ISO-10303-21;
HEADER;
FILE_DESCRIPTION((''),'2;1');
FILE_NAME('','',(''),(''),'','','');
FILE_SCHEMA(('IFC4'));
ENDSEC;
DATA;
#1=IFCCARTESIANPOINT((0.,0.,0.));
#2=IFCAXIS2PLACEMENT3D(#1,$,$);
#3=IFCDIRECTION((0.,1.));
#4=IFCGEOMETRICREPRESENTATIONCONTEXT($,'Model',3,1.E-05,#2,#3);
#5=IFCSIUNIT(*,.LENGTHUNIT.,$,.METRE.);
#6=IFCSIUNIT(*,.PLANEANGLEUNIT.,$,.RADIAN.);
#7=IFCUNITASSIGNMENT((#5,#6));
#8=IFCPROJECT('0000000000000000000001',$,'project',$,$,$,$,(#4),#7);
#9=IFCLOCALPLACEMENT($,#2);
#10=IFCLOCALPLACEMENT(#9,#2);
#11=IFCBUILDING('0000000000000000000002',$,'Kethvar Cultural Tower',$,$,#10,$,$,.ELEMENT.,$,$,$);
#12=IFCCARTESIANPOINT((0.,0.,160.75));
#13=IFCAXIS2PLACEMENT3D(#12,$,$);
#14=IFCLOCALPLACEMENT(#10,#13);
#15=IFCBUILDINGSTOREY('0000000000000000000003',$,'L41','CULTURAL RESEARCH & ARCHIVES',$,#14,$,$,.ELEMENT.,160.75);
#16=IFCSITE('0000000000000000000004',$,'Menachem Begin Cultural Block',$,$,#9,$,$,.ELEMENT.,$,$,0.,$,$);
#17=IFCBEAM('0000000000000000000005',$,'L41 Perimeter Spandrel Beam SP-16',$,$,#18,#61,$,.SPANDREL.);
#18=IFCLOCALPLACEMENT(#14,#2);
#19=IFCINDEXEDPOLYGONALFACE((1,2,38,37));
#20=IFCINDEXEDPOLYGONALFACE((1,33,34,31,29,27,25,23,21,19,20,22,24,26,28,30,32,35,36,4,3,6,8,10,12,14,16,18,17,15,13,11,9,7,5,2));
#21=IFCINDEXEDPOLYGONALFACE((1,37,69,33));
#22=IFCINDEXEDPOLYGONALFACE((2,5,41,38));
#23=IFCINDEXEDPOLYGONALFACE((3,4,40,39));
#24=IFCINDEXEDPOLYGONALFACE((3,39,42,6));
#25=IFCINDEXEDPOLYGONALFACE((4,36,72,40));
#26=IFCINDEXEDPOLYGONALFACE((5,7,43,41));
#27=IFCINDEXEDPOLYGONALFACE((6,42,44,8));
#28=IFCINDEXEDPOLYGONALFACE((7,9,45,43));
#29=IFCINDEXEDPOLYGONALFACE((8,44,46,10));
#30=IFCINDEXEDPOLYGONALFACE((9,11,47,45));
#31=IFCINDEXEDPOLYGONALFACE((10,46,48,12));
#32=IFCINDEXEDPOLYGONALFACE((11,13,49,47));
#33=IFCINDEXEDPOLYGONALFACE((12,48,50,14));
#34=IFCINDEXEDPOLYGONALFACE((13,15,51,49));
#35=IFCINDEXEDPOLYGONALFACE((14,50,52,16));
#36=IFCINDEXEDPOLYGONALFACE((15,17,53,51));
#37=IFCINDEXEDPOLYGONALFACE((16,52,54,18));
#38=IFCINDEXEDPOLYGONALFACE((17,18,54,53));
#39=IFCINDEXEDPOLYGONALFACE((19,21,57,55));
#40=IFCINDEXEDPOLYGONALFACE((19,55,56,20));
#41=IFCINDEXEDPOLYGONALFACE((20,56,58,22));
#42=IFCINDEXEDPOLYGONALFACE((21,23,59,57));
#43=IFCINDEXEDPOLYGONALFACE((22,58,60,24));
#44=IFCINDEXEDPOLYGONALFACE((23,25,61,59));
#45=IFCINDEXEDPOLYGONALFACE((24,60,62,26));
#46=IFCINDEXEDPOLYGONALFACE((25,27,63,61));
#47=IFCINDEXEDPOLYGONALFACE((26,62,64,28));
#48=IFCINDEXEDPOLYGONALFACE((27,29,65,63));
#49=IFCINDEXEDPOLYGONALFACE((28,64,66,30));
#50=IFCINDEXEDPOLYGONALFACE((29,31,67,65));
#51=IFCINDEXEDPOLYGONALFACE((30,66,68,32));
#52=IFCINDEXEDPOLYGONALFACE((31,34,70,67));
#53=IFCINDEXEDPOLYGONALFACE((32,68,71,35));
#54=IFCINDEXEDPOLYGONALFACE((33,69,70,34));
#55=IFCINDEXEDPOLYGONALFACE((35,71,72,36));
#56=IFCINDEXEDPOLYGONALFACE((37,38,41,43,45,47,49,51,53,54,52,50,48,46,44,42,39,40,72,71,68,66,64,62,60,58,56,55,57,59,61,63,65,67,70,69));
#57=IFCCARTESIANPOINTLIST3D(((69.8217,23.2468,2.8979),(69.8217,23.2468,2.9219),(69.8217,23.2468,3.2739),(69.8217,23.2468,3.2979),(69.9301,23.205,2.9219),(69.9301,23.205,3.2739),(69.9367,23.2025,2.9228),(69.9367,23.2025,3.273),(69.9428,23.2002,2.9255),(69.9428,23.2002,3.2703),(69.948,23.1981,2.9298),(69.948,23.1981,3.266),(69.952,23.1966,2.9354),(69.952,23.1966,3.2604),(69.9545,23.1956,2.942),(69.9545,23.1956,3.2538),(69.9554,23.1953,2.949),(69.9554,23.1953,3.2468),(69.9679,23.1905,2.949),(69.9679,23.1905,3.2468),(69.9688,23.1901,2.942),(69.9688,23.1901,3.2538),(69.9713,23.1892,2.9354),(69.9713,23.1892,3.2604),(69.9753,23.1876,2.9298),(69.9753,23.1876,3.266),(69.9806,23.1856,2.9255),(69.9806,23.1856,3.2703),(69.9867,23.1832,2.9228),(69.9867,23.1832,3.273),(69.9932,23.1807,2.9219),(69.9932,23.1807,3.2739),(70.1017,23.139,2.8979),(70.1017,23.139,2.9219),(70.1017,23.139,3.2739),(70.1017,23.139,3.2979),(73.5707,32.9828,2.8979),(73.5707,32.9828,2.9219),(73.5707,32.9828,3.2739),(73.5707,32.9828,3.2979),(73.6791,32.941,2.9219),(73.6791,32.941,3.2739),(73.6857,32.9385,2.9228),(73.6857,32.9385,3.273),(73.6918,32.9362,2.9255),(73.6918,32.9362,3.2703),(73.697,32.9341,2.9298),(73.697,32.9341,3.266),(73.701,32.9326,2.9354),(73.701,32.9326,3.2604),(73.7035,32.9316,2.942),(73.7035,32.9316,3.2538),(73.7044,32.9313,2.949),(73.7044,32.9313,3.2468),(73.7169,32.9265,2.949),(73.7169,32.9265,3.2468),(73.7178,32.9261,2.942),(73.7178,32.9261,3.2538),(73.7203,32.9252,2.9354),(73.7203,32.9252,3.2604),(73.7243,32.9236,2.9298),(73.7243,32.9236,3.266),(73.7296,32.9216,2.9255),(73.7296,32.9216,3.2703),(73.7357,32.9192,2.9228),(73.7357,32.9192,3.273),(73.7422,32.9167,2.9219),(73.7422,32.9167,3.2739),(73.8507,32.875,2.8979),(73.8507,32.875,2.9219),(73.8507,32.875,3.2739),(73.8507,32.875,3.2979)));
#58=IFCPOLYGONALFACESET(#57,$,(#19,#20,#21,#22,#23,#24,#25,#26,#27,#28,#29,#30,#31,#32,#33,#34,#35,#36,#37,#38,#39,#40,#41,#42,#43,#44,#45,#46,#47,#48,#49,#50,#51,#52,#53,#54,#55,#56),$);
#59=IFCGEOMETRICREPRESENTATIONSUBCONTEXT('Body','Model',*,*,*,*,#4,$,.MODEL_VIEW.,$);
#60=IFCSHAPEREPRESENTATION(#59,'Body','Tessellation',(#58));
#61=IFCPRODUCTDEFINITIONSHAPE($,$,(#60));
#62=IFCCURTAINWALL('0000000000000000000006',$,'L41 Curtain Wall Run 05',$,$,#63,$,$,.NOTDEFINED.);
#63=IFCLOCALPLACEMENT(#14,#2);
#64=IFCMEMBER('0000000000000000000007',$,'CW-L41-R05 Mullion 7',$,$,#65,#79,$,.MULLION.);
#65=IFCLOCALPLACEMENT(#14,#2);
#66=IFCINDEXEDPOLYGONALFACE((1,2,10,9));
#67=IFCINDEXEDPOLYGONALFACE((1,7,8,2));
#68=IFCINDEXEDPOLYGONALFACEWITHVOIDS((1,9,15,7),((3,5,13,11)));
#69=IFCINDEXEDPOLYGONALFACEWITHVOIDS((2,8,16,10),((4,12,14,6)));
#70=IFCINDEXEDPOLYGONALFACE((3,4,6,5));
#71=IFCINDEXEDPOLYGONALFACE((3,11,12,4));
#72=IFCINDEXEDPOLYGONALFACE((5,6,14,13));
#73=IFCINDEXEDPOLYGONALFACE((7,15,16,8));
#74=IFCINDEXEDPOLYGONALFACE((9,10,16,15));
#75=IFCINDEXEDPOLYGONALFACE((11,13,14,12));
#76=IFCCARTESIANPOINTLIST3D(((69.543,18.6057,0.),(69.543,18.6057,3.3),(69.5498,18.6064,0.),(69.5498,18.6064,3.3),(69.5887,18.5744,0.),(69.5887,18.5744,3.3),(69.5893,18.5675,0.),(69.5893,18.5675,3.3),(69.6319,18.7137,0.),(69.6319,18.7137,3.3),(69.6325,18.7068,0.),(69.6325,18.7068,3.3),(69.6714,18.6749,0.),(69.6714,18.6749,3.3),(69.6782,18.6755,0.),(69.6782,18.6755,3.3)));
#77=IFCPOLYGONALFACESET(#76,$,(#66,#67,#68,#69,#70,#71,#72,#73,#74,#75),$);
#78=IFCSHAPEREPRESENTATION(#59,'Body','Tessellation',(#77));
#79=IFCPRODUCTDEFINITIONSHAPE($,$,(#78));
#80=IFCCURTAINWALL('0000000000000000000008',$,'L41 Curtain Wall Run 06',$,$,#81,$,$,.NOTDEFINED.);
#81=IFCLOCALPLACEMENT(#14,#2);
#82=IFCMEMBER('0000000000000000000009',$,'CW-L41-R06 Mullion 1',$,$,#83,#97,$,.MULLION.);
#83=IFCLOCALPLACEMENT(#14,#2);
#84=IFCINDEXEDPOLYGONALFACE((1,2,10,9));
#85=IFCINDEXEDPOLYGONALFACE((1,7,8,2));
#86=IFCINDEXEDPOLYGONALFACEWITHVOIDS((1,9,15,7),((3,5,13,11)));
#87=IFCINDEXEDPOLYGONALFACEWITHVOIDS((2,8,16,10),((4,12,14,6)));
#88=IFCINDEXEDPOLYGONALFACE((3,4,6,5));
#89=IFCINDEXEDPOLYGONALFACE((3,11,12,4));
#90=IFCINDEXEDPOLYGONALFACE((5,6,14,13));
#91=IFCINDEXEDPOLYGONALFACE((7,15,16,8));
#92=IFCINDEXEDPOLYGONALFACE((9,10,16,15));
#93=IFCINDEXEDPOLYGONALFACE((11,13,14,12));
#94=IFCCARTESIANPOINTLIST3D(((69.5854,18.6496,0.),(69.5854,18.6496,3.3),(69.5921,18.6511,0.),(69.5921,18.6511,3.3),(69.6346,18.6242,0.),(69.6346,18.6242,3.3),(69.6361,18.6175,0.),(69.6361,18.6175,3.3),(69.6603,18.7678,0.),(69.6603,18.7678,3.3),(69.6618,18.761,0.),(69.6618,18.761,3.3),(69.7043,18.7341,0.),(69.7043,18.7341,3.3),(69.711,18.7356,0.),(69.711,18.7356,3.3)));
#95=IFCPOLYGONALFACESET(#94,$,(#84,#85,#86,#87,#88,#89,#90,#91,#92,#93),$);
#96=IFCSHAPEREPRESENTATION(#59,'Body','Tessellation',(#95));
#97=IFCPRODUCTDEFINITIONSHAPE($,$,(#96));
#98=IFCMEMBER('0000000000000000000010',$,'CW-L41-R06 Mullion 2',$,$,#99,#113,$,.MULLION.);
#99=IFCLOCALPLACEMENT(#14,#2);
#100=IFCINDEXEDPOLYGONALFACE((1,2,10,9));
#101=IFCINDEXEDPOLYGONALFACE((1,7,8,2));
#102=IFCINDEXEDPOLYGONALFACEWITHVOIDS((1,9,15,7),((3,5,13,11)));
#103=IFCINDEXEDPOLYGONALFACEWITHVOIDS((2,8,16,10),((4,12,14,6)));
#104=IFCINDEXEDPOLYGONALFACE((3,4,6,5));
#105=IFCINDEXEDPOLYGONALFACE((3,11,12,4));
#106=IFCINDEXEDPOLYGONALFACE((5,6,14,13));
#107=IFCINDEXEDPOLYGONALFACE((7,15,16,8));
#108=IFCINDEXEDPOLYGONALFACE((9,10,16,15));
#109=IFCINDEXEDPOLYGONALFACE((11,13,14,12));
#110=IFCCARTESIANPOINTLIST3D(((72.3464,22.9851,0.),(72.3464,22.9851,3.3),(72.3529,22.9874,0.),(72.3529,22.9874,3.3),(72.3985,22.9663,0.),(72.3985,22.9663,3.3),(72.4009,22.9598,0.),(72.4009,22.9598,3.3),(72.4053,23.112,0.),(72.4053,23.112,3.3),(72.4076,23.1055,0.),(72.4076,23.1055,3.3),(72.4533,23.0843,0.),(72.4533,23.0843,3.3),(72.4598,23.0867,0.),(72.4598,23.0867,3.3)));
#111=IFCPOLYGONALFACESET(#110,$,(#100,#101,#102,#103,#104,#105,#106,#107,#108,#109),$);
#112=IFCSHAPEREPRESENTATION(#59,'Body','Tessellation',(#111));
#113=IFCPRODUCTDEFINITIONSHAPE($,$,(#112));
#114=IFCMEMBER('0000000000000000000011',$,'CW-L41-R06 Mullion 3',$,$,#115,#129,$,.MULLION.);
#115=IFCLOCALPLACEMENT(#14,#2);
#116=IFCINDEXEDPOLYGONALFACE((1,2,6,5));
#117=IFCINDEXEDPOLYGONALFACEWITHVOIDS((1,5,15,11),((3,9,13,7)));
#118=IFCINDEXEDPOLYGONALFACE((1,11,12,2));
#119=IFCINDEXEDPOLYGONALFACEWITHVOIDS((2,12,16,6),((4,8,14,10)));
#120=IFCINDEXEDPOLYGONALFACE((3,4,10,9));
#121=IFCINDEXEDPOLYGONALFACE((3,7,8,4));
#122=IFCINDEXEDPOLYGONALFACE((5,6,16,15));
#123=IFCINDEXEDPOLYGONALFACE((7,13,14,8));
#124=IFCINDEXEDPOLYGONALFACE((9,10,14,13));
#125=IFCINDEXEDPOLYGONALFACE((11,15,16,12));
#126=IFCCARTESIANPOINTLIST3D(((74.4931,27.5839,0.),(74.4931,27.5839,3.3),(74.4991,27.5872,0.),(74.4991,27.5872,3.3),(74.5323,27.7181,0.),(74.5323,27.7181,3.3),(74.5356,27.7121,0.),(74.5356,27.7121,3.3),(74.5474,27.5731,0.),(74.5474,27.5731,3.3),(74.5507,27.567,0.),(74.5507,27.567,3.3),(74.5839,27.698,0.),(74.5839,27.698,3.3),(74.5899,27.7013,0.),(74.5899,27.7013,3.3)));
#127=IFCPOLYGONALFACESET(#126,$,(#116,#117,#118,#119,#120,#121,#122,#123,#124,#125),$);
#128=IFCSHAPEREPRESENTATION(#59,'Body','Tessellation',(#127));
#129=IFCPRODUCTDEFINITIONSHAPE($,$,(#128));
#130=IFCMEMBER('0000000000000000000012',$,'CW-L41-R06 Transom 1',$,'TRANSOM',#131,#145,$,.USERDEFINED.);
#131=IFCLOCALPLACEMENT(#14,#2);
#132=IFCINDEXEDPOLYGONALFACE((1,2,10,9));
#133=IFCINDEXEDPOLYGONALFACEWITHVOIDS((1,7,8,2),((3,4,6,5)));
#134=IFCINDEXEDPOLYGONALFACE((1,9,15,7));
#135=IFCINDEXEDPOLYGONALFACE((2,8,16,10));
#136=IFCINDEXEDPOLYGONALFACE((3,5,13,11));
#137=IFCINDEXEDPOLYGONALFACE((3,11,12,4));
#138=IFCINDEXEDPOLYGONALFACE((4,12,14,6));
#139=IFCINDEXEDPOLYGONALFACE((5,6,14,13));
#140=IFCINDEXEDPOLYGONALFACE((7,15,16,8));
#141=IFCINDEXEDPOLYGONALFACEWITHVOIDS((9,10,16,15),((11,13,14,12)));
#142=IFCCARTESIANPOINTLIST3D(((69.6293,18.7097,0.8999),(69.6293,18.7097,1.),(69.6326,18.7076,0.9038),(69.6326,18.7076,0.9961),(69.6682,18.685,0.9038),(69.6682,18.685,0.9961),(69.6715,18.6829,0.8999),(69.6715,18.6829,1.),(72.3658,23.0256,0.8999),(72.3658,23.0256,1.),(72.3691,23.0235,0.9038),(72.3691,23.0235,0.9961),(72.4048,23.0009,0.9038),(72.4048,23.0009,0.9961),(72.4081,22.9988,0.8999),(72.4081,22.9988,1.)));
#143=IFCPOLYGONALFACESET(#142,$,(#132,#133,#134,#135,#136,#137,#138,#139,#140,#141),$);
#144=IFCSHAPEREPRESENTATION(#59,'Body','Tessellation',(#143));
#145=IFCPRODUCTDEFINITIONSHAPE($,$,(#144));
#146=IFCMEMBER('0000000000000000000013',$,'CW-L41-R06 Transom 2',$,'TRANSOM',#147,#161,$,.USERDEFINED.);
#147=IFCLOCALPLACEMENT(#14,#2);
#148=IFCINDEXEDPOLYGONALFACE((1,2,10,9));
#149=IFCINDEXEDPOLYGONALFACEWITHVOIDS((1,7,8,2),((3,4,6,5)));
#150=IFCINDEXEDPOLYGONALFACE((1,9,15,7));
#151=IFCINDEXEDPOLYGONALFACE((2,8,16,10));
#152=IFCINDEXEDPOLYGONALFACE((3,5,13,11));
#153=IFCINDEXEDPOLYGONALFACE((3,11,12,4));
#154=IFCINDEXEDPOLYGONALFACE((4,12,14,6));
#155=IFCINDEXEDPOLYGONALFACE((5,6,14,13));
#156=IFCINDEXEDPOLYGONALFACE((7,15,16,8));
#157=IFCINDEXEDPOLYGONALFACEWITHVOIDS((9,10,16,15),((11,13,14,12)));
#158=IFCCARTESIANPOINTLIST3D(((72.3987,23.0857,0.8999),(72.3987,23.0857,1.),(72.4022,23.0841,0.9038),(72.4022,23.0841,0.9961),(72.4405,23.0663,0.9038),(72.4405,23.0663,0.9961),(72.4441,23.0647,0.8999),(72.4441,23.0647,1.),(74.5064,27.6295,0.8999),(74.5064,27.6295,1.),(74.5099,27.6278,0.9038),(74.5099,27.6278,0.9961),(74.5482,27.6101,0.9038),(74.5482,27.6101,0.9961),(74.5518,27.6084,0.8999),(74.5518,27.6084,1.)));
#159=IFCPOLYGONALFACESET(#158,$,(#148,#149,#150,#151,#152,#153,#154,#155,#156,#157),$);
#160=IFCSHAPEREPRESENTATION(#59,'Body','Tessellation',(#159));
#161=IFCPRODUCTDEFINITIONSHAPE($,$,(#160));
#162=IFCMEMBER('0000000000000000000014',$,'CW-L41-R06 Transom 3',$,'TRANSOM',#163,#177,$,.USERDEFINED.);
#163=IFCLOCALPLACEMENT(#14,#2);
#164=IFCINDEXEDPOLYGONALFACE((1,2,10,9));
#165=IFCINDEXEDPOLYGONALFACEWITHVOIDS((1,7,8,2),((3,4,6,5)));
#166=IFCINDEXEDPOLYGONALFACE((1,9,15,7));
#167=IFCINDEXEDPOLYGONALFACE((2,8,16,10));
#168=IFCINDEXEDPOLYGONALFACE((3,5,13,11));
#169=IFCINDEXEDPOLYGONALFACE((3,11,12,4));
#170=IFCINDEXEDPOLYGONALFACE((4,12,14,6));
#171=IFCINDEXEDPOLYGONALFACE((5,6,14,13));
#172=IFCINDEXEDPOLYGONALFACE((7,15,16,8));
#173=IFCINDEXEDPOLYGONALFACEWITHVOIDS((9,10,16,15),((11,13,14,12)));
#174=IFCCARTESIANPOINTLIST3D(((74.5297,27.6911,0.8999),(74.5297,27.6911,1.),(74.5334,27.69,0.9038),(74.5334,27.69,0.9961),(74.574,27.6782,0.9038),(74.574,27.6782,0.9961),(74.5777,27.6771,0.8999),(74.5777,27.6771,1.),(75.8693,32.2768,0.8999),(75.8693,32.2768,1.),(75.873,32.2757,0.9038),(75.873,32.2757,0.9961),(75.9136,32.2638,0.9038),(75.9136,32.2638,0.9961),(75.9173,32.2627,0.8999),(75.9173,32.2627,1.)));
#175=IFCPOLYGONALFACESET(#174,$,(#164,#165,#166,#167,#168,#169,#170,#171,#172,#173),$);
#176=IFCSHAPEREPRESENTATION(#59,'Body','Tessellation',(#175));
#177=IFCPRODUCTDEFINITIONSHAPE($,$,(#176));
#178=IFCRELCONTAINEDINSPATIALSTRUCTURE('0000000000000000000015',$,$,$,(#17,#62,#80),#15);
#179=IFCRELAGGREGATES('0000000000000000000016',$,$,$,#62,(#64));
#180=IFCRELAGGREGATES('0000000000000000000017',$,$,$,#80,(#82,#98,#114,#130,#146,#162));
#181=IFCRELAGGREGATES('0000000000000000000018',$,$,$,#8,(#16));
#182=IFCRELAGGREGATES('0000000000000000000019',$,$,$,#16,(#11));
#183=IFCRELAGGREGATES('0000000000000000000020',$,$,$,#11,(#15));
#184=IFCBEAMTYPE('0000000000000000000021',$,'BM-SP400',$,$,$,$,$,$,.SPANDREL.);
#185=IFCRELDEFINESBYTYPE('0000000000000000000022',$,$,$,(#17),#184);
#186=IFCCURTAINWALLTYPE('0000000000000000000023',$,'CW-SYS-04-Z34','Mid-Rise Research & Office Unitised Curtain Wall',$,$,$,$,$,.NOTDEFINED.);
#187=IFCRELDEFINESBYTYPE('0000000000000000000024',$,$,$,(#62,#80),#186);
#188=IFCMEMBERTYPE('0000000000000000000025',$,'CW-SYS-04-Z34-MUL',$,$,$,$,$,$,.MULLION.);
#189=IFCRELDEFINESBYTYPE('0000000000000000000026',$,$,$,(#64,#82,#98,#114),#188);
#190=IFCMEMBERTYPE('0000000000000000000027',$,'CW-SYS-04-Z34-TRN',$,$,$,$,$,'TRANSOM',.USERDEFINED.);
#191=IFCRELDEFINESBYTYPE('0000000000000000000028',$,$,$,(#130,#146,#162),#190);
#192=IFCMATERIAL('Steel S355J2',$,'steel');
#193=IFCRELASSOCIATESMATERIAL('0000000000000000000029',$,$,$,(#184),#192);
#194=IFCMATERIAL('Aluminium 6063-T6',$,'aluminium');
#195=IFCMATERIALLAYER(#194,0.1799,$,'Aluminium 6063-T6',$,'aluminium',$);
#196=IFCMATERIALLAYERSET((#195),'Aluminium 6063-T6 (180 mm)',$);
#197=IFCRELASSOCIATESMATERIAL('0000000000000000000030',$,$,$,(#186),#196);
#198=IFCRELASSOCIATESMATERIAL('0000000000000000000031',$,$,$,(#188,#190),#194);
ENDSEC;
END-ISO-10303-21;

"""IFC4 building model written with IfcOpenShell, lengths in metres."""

from ifc_helpers import new_model, si_unit, direction, frame, origin, origin_2d, place, context, subcontext, project, spatial, hollow_rectangle, i_section, extrude, source, transform, mapped, material, layer, layer_set, material_profile, profile_set, type_object, element, aggregate, save


model = new_model("IFC4")

# Units and contexts
model_context = context("Model", 3, precision=1e-05, world=origin(), true_north=direction((0.0, 1.0)))
body_context = subcontext(model_context, "Body", "Model", "MODEL_VIEW")
ifc_project = project(units=[si_unit("LENGTHUNIT", "METRE"), si_unit("PLANEANGLEUNIT", "RADIAN")], contexts=[model_context])

# Site, building, storey
site_placement = place(None, origin())
site = spatial("IfcSite", under=ifc_project, at=site_placement, Name="Menachem Begin Cultural Block", CompositionType="ELEMENT", RefElevation=0.0)
building_placement = place(site_placement, origin())
building = spatial("IfcBuilding", under=site, at=building_placement, Name="Kethvar Cultural Tower", CompositionType="ELEMENT")
storey_placement = place(building_placement, frame((0.0, 0.0, 160.75)))
storey = spatial("IfcBuildingStorey", under=building, at=storey_placement, Name="L41", Description="CULTURAL RESEARCH & ARCHIVES", CompositionType="ELEMENT", Elevation=160.75)

# Beam
ifc_material_1 = material(Name="Steel S355J2", Category="steel")
ifc_material_profile_1 = material_profile(ifc_material_1, i_section(OverallWidth=0.3, OverallDepth=0.3999, WebThickness=0.0134, FlangeThickness=0.0239, FilletRadius=0.0271, at=origin_2d()), Name="Steel S355J2 — HEB400")
ifc_profile_set_1 = profile_set([ifc_material_profile_1], Name="Steel S355J2 — HEB400")
beam_type_1 = type_object("IfcBeamType", Name="BM-SP400", PredefinedType="SPANDREL", material=ifc_profile_set_1)
shared_shape_1 = source(origin(), body_context, "Body", "SweptSolid", [
    extrude(i_section(OverallWidth=0.3, OverallDepth=0.3999, WebThickness=0.0134, FlangeThickness=0.0239, FilletRadius=0.0271, at=origin_2d()), origin(), (0.0, 0.0, 1.0), 10.4329),
])
beam_1_placement = place(storey_placement, frame((69.9617, 23.1929, 3.0979), z_axis=(0.359344, 0.933205, 0.0), x_axis=(-0.933205, 0.359344, 0.0)))
element("IfcBeam", 1, at=beam_1_placement, inside=storey, type_object=beam_type_1, Name="L41 Perimeter Spandrel Beam SP-16", PredefinedType="SPANDREL", context=body_context, shape_type="MappedRepresentation", body=[
    mapped(shared_shape_1, transform((0.0, 0.0, 0.0), scale=1.0)),
])

# Curtain wall, member
ifc_material_2 = material(Name="Aluminium 6063-T6", Category="aluminium")
ifc_layer_1 = layer(ifc_material_2, 0.1799, Name="Aluminium 6063-T6", Category="aluminium")
ifc_layer_set_1 = layer_set([ifc_layer_1], Name="Aluminium 6063-T6 (180 mm)")
curtain_wall_type = type_object("IfcCurtainWallType", Name="CW-SYS-04-Z34", Description="Mid-Rise Research & Office Unitised Curtain Wall", PredefinedType="NOTDEFINED", material=ifc_layer_set_1)
curtain_wall_1_placement = place(storey_placement, origin())
curtain_wall_1 = element("IfcCurtainWall", 2, at=curtain_wall_1_placement, inside=storey, type_object=curtain_wall_type, Name="L41 Curtain Wall Run 05", PredefinedType="NOTDEFINED")
ifc_material_profile_2 = material_profile(ifc_material_2, hollow_rectangle(XDim=0.0601, YDim=0.1399, WallThickness=0.0049, at=origin_2d()), Name="Aluminium 6063-T6 — RHS140x60x5")
ifc_profile_set_2 = profile_set([ifc_material_profile_2], Name="Aluminium 6063-T6 — RHS140x60x5")
member_type_1 = type_object("IfcMemberType", Name="CW-SYS-04-Z34-MUL", PredefinedType="MULLION", material=ifc_profile_set_2)
shared_shape_2 = source(origin(), body_context, "Body", "SweptSolid", [
    extrude(hollow_rectangle(XDim=0.0601, YDim=0.1399, WallThickness=0.0049, at=origin_2d()), origin(), (0.0, 0.0, 1.0), 3.3),
])
member_1_placement = place(storey_placement, frame((69.6106, 18.6406, 0.0), z_axis=(0.0, 0.0, 1.0), x_axis=(-0.771991, 0.635634, 0.0)))
member_1 = element("IfcMember", 3, at=member_1_placement, type_object=member_type_1, Name="CW-L41-R05 Mullion 7", PredefinedType="MULLION", context=body_context, shape_type="MappedRepresentation", body=[
    mapped(shared_shape_2, transform((0.0, 0.0, 0.0), scale=1.0)),
])
aggregate(curtain_wall_1, [member_1])

# Curtain wall, members
curtain_wall_2_placement = place(storey_placement, origin())
curtain_wall_2 = element("IfcCurtainWall", 4, at=curtain_wall_2_placement, inside=storey, type_object=curtain_wall_type, Name="L41 Curtain Wall Run 06", PredefinedType="NOTDEFINED")
member_2_placement = place(storey_placement, frame((69.6482, 18.6926, 0.0), z_axis=(0.0, 0.0, 1.0), x_axis=(-0.844543, 0.535488, 0.0)))
member_2 = element("IfcMember", 5, at=member_2_placement, type_object=member_type_1, Name="CW-L41-R06 Mullion 1", PredefinedType="MULLION", context=body_context, shape_type="MappedRepresentation", body=[
    mapped(shared_shape_2, transform((0.0, 0.0, 0.0), scale=1.0)),
])
member_3_placement = place(storey_placement, frame((72.4031, 23.0359, 0.0), z_axis=(0.0, 0.0, 1.0), x_axis=(-0.907147, 0.420814, 0.0)))
member_3 = element("IfcMember", 6, at=member_3_placement, type_object=member_type_1, Name="CW-L41-R06 Mullion 2", PredefinedType="MULLION", context=body_context, shape_type="MappedRepresentation", body=[
    mapped(shared_shape_2, transform((0.0, 0.0, 0.0), scale=1.0)),
])
member_4_placement = place(storey_placement, frame((74.5415, 27.6426, 0.0), z_axis=(0.0, 0.0, 1.0), x_axis=(-0.959869, 0.280449, 0.0)))
member_4 = element("IfcMember", 7, at=member_4_placement, type_object=member_type_1, Name="CW-L41-R06 Mullion 3", PredefinedType="MULLION", context=body_context, shape_type="MappedRepresentation", body=[
    mapped(shared_shape_2, transform((0.0, 0.0, 0.0), scale=1.0)),
])
ifc_material_profile_3 = material_profile(ifc_material_2, hollow_rectangle(XDim=0.05, YDim=0.1001, WallThickness=0.0039, at=origin_2d()), Name="Aluminium 6063-T6 — RHS100x50x4")
ifc_profile_set_3 = profile_set([ifc_material_profile_3], Name="Aluminium 6063-T6 — RHS100x50x4")
member_type_2 = type_object("IfcMemberType", Name="CW-SYS-04-Z34-TRN", ElementType="TRANSOM", PredefinedType="USERDEFINED", material=ifc_profile_set_3)
shared_shape_3 = source(origin(), body_context, "Body", "SweptSolid", [
    extrude(hollow_rectangle(XDim=0.05, YDim=0.1001, WallThickness=0.0039, at=origin_2d()), origin(), (0.0, 0.0, 1.0), 5.1104),
])
member_5_placement = place(storey_placement, frame((69.6504, 18.6963, 0.95), z_axis=(0.535493, 0.84454, 0.0), x_axis=(-0.84454, 0.535493, 0.0)))
member_5 = element("IfcMember", 8, at=member_5_placement, type_object=member_type_2, Name="CW-L41-R06 Transom 1", ObjectType="TRANSOM", PredefinedType="USERDEFINED", context=body_context, shape_type="MappedRepresentation", body=[
    mapped(shared_shape_3, transform((0.0, 0.0, 0.0), scale=1.0)),
])
shared_shape_4 = source(origin(), body_context, "Body", "SweptSolid", [
    extrude(hollow_rectangle(XDim=0.05, YDim=0.1001, WallThickness=0.0039, at=origin_2d()), origin(), (0.0, 0.0, 1.0), 5.0088),
])
member_6_placement = place(storey_placement, frame((72.4214, 23.0752, 0.95), z_axis=(0.420798, 0.907155, 0.0), x_axis=(-0.907155, 0.420798, 0.0)))
member_6 = element("IfcMember", 9, at=member_6_placement, type_object=member_type_2, Name="CW-L41-R06 Transom 2", ObjectType="TRANSOM", PredefinedType="USERDEFINED", context=body_context, shape_type="MappedRepresentation", body=[
    mapped(shared_shape_4, transform((0.0, 0.0, 0.0), scale=1.0)),
])
shared_shape_5 = source(origin(), body_context, "Body", "SweptSolid", [
    extrude(hollow_rectangle(XDim=0.05, YDim=0.1001, WallThickness=0.0039, at=origin_2d()), origin(), (0.0, 0.0, 1.0), 4.7773),
])
member_7_placement = place(storey_placement, frame((74.5537, 27.6841, 0.95), z_axis=(0.280406, 0.959881, 0.0), x_axis=(-0.959881, 0.280406, 0.0)))
member_7 = element("IfcMember", 10, at=member_7_placement, type_object=member_type_2, Name="CW-L41-R06 Transom 3", ObjectType="TRANSOM", PredefinedType="USERDEFINED", context=body_context, shape_type="MappedRepresentation", body=[
    mapped(shared_shape_5, transform((0.0, 0.0, 0.0), scale=1.0)),
])
aggregate(curtain_wall_2, [member_2, member_3, member_4, member_5, member_6, member_7])

save(model, "model.ifc")
